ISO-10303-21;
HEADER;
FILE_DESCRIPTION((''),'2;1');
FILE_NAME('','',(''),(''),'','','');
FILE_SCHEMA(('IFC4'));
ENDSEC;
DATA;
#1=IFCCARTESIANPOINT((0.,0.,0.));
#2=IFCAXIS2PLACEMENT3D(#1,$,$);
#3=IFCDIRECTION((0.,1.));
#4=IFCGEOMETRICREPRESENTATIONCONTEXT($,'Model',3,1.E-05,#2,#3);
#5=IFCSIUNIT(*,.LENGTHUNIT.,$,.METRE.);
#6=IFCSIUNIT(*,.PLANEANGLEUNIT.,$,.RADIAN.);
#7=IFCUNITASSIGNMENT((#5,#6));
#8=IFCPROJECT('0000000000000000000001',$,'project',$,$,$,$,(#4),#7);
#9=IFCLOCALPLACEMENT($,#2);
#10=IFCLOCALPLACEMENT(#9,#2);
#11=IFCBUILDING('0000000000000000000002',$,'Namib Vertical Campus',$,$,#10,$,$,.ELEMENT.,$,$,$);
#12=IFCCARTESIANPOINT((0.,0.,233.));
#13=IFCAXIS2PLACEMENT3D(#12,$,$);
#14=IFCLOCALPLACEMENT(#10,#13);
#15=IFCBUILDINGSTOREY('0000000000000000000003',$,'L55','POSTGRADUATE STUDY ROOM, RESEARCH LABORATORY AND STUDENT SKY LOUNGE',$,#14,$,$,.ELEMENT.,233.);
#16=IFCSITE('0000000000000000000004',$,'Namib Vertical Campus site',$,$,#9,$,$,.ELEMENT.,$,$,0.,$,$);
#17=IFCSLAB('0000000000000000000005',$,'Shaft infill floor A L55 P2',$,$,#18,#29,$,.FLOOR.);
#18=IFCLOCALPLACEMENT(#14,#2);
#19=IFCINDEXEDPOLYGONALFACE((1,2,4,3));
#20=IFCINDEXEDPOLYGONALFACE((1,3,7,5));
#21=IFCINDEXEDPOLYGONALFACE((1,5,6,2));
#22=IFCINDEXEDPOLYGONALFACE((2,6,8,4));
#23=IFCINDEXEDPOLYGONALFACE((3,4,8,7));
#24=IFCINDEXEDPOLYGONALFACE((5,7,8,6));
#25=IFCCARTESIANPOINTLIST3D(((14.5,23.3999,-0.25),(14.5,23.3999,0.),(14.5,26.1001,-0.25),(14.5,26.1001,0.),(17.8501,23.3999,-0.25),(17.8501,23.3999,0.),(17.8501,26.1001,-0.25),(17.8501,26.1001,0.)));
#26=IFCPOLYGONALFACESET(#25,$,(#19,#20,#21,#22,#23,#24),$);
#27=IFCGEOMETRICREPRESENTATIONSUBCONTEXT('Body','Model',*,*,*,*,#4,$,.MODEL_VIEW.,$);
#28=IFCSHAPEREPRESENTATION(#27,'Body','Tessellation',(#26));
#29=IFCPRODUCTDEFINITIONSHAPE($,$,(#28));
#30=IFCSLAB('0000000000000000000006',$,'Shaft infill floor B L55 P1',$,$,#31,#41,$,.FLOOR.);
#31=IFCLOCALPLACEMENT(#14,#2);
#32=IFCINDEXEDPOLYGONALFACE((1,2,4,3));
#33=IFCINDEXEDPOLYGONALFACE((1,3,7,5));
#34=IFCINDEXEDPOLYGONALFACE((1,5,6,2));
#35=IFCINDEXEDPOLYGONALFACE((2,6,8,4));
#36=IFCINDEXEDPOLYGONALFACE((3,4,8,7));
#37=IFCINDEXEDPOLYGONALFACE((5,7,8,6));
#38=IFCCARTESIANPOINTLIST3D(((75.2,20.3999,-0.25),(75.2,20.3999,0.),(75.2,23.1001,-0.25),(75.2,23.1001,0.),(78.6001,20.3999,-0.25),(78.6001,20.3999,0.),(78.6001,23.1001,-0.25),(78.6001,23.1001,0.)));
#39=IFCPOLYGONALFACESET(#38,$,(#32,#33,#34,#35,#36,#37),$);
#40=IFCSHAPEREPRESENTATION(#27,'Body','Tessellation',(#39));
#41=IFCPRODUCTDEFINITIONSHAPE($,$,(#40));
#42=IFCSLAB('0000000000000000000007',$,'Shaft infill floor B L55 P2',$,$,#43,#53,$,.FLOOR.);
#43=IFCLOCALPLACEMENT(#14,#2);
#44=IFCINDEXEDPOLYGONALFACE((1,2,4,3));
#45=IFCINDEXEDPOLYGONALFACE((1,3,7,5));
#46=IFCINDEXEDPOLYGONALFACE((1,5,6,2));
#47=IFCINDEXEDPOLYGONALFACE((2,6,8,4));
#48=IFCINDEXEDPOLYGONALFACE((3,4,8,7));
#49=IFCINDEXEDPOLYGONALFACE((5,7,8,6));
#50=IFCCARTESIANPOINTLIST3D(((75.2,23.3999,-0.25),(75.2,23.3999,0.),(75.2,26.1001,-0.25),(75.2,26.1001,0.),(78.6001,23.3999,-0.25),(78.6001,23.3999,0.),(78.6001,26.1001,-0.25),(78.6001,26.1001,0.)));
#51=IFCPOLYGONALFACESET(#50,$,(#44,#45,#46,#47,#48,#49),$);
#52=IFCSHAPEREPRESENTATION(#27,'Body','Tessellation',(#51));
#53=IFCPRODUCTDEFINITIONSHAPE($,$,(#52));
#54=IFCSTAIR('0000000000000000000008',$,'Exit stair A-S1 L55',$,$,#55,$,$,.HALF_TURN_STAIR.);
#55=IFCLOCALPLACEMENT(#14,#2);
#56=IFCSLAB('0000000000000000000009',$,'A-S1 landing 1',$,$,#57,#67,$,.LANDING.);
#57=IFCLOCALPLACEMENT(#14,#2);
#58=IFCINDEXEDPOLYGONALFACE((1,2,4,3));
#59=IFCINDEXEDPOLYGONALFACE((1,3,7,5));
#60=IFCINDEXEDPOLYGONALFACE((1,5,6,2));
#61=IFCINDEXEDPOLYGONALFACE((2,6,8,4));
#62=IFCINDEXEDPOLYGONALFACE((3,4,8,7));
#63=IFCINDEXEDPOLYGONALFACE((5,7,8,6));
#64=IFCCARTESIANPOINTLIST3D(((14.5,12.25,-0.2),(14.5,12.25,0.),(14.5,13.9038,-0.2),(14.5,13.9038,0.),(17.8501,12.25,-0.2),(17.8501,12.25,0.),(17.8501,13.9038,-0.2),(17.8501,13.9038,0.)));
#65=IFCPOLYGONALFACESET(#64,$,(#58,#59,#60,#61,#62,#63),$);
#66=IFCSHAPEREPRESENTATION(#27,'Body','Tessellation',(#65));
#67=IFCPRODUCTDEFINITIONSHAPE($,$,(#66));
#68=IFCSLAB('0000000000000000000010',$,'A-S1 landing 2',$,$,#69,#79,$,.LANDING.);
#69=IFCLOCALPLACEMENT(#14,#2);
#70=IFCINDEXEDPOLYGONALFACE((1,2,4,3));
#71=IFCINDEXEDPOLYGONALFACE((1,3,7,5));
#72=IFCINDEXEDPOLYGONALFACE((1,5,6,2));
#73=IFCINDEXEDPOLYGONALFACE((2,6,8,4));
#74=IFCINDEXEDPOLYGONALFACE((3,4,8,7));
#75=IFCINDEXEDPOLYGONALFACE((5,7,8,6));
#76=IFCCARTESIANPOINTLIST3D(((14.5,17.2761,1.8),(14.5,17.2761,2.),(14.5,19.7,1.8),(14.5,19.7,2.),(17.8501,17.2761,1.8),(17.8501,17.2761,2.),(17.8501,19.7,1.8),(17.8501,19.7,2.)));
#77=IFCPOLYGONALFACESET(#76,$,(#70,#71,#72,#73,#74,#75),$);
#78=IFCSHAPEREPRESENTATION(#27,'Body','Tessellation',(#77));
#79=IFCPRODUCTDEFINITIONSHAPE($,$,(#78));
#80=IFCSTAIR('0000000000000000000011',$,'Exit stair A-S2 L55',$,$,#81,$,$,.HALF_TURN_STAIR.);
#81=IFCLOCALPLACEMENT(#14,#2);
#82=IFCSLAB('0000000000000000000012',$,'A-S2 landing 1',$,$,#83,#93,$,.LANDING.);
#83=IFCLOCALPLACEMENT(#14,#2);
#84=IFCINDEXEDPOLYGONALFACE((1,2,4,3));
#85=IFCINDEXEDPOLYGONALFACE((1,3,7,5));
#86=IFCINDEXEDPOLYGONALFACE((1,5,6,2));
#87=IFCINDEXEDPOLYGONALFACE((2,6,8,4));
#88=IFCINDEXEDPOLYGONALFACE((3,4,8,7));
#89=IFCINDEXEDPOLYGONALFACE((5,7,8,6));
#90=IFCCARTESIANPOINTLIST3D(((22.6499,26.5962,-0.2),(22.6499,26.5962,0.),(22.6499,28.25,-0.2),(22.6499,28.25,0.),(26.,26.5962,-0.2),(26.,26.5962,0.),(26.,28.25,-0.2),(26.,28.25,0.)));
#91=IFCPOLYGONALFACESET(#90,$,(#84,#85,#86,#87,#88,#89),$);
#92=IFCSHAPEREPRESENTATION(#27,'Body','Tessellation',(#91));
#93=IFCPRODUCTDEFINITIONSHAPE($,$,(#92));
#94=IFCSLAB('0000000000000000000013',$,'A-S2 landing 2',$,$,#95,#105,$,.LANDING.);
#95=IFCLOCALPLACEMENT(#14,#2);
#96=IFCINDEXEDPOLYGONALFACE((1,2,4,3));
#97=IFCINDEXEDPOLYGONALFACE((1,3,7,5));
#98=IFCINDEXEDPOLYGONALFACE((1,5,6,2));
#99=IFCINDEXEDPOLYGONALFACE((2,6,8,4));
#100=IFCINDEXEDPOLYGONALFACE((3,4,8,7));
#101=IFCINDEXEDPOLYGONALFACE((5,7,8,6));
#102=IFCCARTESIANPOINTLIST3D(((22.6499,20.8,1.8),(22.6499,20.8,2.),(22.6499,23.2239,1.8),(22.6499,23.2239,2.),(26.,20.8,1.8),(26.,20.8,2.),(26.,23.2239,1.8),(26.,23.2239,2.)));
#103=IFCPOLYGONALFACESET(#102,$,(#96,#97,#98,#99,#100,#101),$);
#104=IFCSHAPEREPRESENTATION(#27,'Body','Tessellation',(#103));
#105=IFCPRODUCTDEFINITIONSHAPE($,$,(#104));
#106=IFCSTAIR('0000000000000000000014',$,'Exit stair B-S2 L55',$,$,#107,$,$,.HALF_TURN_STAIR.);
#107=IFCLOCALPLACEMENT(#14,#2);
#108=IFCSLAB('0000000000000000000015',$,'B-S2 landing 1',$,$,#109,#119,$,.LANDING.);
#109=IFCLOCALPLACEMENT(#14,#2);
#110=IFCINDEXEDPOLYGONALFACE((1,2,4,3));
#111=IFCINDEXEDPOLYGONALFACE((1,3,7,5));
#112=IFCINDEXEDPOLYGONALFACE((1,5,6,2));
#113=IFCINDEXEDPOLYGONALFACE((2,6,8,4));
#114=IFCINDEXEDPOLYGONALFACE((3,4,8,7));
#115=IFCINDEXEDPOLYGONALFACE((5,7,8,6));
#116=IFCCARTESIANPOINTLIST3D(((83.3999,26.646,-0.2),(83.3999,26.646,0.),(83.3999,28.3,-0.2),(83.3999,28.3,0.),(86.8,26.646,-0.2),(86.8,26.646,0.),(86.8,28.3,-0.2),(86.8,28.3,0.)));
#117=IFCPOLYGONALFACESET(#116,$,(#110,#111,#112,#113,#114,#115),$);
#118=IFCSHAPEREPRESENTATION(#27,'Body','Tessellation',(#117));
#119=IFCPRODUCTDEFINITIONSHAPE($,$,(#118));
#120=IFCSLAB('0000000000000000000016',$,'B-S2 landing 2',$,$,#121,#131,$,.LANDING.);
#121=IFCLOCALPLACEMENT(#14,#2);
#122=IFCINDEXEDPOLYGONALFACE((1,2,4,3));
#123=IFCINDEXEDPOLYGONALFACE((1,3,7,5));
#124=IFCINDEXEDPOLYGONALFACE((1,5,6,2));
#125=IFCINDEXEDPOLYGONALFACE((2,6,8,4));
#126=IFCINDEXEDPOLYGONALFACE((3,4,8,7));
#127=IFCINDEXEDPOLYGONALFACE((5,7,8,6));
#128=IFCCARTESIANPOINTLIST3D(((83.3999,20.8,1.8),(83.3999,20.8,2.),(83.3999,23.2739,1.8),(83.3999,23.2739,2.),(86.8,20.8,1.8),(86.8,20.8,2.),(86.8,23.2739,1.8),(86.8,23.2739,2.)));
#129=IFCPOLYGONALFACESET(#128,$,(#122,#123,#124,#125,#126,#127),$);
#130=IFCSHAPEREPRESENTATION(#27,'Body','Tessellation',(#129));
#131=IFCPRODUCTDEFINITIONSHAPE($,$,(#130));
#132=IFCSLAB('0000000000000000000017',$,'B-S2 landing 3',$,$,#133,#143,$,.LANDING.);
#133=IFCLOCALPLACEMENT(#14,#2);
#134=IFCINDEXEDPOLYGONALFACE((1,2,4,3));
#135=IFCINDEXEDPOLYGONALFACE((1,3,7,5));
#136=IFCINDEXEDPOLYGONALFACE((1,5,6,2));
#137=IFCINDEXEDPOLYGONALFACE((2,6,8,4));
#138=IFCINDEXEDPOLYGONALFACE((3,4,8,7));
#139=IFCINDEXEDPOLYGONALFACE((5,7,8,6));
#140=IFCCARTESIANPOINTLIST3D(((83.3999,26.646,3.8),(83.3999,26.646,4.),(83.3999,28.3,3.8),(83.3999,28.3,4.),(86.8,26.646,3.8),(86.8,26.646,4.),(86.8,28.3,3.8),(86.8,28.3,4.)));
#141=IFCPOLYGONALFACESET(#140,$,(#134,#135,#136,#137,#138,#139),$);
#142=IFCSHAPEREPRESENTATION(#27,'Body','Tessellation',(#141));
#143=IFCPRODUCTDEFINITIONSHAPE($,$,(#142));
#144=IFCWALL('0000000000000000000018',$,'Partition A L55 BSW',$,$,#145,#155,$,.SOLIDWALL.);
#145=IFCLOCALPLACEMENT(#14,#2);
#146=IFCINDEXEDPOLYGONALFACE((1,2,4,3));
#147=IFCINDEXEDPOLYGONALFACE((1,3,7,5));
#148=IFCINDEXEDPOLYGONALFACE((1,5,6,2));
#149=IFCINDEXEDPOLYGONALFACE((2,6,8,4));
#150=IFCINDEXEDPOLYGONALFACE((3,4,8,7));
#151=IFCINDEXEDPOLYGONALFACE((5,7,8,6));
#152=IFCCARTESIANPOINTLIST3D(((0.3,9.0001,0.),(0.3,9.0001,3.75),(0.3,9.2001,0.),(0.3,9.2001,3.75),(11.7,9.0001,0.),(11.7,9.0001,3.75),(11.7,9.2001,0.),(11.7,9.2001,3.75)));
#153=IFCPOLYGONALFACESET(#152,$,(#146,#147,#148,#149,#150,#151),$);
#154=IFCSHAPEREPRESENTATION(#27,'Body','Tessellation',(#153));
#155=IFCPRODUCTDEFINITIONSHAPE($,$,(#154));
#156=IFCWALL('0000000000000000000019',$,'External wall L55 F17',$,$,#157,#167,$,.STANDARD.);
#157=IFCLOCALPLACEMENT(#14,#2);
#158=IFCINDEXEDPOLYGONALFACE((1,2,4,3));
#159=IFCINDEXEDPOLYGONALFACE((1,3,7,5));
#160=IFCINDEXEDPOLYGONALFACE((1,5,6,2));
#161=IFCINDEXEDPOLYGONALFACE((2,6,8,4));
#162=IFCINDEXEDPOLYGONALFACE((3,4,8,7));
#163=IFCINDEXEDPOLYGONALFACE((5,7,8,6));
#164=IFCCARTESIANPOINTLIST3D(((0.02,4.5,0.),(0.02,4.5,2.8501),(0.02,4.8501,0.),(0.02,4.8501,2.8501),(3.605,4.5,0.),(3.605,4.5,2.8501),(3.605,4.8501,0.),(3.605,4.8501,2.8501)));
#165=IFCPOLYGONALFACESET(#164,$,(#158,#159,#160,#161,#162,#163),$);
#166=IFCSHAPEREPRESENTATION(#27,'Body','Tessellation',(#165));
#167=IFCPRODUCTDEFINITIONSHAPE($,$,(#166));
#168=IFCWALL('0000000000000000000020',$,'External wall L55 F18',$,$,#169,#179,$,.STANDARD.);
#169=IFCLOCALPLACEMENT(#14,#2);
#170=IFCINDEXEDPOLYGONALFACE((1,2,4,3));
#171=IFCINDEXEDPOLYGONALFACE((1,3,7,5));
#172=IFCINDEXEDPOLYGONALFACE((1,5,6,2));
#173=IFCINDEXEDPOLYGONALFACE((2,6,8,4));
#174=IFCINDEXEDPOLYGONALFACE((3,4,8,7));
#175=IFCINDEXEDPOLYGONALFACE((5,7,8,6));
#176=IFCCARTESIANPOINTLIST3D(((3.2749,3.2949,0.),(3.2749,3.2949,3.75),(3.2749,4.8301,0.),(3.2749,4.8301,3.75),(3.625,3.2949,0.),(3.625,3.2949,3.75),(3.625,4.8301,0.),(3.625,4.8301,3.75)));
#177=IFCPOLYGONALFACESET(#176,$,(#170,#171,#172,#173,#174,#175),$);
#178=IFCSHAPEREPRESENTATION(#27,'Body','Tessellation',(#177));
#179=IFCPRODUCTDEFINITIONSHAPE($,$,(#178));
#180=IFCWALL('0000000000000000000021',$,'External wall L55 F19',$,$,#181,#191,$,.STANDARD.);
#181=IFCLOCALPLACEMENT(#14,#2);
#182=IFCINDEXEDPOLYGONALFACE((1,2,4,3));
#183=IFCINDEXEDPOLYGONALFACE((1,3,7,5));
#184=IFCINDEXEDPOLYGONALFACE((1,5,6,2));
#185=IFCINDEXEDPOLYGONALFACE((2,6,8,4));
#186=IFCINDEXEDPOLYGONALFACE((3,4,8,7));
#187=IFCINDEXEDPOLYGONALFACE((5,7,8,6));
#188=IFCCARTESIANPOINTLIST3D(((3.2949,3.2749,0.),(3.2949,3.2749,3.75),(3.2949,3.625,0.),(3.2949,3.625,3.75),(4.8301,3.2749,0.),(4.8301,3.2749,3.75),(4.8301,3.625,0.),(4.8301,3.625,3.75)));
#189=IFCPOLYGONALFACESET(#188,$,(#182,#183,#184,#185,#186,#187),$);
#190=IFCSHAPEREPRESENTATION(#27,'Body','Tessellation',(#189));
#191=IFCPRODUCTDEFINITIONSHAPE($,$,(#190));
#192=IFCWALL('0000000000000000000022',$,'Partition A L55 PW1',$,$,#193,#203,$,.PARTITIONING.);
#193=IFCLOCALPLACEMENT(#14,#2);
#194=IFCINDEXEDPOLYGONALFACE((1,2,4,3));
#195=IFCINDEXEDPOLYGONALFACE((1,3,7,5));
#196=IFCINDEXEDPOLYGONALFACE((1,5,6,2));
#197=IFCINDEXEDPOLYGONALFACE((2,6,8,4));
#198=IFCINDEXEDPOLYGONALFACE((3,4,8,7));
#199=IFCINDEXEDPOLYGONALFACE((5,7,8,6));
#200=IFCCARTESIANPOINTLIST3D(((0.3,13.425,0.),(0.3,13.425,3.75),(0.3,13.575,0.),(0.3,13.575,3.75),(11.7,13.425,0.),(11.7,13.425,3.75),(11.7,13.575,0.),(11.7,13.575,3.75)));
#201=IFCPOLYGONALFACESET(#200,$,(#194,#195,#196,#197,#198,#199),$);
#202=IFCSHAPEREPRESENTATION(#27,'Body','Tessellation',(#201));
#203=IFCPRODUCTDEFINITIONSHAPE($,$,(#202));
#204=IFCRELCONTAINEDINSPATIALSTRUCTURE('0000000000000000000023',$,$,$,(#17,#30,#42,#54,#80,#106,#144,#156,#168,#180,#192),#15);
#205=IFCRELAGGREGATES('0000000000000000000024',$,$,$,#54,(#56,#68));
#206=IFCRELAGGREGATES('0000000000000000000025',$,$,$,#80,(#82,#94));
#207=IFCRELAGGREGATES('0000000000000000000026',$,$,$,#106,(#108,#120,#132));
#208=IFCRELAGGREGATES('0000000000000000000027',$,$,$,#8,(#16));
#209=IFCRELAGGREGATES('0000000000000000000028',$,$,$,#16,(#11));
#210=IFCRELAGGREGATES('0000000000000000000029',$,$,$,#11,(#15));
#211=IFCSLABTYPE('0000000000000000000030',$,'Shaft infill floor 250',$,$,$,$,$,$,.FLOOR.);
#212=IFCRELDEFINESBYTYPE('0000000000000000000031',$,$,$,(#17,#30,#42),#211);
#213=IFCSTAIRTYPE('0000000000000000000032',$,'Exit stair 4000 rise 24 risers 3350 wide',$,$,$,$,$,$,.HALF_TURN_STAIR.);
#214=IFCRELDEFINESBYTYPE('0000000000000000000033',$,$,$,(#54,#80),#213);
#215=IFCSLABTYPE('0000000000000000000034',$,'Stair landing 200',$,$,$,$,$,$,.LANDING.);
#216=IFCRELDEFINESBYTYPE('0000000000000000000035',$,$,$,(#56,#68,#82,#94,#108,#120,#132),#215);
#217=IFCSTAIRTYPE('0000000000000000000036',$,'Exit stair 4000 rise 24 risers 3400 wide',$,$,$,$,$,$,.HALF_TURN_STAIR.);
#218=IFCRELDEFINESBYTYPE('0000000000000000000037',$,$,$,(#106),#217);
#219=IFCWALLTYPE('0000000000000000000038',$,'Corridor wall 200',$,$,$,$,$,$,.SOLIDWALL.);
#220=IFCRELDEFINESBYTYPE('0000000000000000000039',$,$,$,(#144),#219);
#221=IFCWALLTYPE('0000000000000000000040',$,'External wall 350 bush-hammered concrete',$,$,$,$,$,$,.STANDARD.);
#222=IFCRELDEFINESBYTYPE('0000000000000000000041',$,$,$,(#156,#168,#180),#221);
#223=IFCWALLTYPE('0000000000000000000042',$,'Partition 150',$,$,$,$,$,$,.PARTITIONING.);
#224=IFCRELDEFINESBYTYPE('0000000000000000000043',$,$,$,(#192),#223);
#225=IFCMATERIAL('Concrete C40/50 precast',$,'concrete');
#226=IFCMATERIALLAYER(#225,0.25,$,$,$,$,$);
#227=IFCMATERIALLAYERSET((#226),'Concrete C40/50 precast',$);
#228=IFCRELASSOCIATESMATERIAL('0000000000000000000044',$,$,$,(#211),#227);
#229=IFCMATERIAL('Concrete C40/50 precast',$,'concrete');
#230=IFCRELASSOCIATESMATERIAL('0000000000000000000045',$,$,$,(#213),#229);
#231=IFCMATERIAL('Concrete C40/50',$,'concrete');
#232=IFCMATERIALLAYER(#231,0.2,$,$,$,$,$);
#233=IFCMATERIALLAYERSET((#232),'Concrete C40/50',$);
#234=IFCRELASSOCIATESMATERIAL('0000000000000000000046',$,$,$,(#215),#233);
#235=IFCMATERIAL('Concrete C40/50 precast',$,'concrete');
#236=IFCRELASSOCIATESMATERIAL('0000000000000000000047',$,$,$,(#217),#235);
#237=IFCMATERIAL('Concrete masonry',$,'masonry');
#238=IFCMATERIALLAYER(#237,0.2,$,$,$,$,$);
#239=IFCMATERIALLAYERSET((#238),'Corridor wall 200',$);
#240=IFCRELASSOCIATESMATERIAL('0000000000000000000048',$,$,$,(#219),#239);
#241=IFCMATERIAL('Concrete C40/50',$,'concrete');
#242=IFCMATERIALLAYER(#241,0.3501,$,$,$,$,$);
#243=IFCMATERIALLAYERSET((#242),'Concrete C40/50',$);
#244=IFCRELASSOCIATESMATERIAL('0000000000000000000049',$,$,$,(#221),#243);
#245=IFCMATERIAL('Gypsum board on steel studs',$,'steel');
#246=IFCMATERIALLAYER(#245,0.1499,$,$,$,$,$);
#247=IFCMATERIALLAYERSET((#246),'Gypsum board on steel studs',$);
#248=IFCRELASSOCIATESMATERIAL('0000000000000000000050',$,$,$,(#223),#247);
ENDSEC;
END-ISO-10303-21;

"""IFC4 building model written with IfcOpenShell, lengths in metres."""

from ifc_helpers import new_model, si_unit, direction, frame, frame_2d, origin, place, context, subcontext, project, spatial, polyline, rectangle, outline, extrude, material, layer, layer_set, type_object, element, aggregate, save


model = new_model("IFC4")

# Units and contexts
model_context = context("Model", 3, precision=1e-05, world=origin(), true_north=direction((0.0, 1.0)))
body_context = subcontext(model_context, "Body", "Model", "MODEL_VIEW")
ifc_project = project(units=[si_unit("LENGTHUNIT", "METRE"), si_unit("PLANEANGLEUNIT", "RADIAN")], contexts=[model_context])

# Site, building, storey
site_placement = place(None, origin())
site = spatial("IfcSite", under=ifc_project, at=site_placement, Name="Namib Vertical Campus site", CompositionType="ELEMENT", RefElevation=0.0)
building_placement = place(site_placement, origin())
building = spatial("IfcBuilding", under=site, at=building_placement, Name="Namib Vertical Campus", CompositionType="ELEMENT")
storey_placement = place(building_placement, frame((0.0, 0.0, 233.0)))
storey = spatial("IfcBuildingStorey", under=building, at=storey_placement, Name="L55", Description="POSTGRADUATE STUDY ROOM, RESEARCH LABORATORY AND STUDENT SKY LOUNGE", CompositionType="ELEMENT", Elevation=233.0)

# Slabs
ifc_material_1 = material(Name="Concrete C40/50 precast", Category="concrete")
ifc_layer_1 = layer(ifc_material_1, 0.25)
ifc_layer_set_1 = layer_set([ifc_layer_1], Name="Concrete C40/50 precast")
slab_type_1 = type_object("IfcSlabType", Name="Shaft infill floor 250", PredefinedType="FLOOR", material=ifc_layer_set_1)
slab_1_placement = place(storey_placement, frame((0.0, 0.0, -0.25)))
element("IfcSlab", 1, at=slab_1_placement, inside=storey, type_object=slab_type_1, Name="Shaft infill floor A L55 P2", PredefinedType="FLOOR", context=body_context, shape_type="SweptSolid", body=[
    extrude(outline(polyline([(14.5, 23.3999), (17.8501, 23.3999), (17.8501, 26.1001), (14.5, 26.1001), (14.5, 23.3999)])), origin(), (0.0, 0.0, 1.0), 0.25),
])
slab_2_placement = place(storey_placement, frame((0.0, 0.0, -0.25)))
element("IfcSlab", 2, at=slab_2_placement, inside=storey, type_object=slab_type_1, Name="Shaft infill floor B L55 P1", PredefinedType="FLOOR", context=body_context, shape_type="SweptSolid", body=[
    extrude(outline(polyline([(75.2, 20.3999), (78.6001, 20.3999), (78.6001, 23.1001), (75.2, 23.1001), (75.2, 20.3999)])), origin(), (0.0, 0.0, 1.0), 0.25),
])
slab_3_placement = place(storey_placement, frame((0.0, 0.0, -0.25)))
element("IfcSlab", 3, at=slab_3_placement, inside=storey, type_object=slab_type_1, Name="Shaft infill floor B L55 P2", PredefinedType="FLOOR", context=body_context, shape_type="SweptSolid", body=[
    extrude(outline(polyline([(75.2, 23.3999), (78.6001, 23.3999), (78.6001, 26.1001), (75.2, 26.1001), (75.2, 23.3999)])), origin(), (0.0, 0.0, 1.0), 0.25),
])

# Stairs, slabs
ifc_material_2 = material(Name="Concrete C40/50 precast", Category="concrete")
stair_type_1 = type_object("IfcStairType", Name="Exit stair 4000 rise 24 risers 3350 wide", PredefinedType="HALF_TURN_STAIR", material=ifc_material_2)
stair_1_placement = place(storey_placement, origin())
stair_1 = element("IfcStair", 4, at=stair_1_placement, inside=storey, type_object=stair_type_1, Name="Exit stair A-S1 L55", PredefinedType="HALF_TURN_STAIR")
ifc_material_3 = material(Name="Concrete C40/50", Category="concrete")
ifc_layer_2 = layer(ifc_material_3, 0.2)
ifc_layer_set_2 = layer_set([ifc_layer_2], Name="Concrete C40/50")
slab_type_2 = type_object("IfcSlabType", Name="Stair landing 200", PredefinedType="LANDING", material=ifc_layer_set_2)
slab_4_placement = place(storey_placement, frame((0.0, 0.0, -0.2)))
slab_4 = element("IfcSlab", 5, at=slab_4_placement, type_object=slab_type_2, Name="A-S1 landing 1", PredefinedType="LANDING", context=body_context, shape_type="SweptSolid", body=[
    extrude(outline(polyline([(14.5, 12.25), (17.8501, 12.25), (17.8501, 13.9038), (14.5, 13.9038), (14.5, 12.25)])), origin(), (0.0, 0.0, 1.0), 0.2),
])
slab_5_placement = place(storey_placement, frame((0.0, 0.0, 1.8)))
slab_5 = element("IfcSlab", 6, at=slab_5_placement, type_object=slab_type_2, Name="A-S1 landing 2", PredefinedType="LANDING", context=body_context, shape_type="SweptSolid", body=[
    extrude(outline(polyline([(14.5, 17.2761), (17.8501, 17.2761), (17.8501, 19.7), (14.5, 19.7), (14.5, 17.2761)])), origin(), (0.0, 0.0, 1.0), 0.2),
])
aggregate(stair_1, [slab_4, slab_5])
stair_2_placement = place(storey_placement, origin())
stair_2 = element("IfcStair", 7, at=stair_2_placement, inside=storey, type_object=stair_type_1, Name="Exit stair A-S2 L55", PredefinedType="HALF_TURN_STAIR")
slab_6_placement = place(storey_placement, frame((0.0, 0.0, -0.2)))
slab_6 = element("IfcSlab", 8, at=slab_6_placement, type_object=slab_type_2, Name="A-S2 landing 1", PredefinedType="LANDING", context=body_context, shape_type="SweptSolid", body=[
    extrude(outline(polyline([(22.6499, 26.5962), (26.0, 26.5962), (26.0, 28.25), (22.6499, 28.25), (22.6499, 26.5962)])), origin(), (0.0, 0.0, 1.0), 0.2),
])
slab_7_placement = place(storey_placement, frame((0.0, 0.0, 1.8)))
slab_7 = element("IfcSlab", 9, at=slab_7_placement, type_object=slab_type_2, Name="A-S2 landing 2", PredefinedType="LANDING", context=body_context, shape_type="SweptSolid", body=[
    extrude(outline(polyline([(22.6499, 20.8), (26.0, 20.8), (26.0, 23.2239), (22.6499, 23.2239), (22.6499, 20.8)])), origin(), (0.0, 0.0, 1.0), 0.2),
])
aggregate(stair_2, [slab_6, slab_7])
ifc_material_4 = material(Name="Concrete C40/50 precast", Category="concrete")
stair_type_2 = type_object("IfcStairType", Name="Exit stair 4000 rise 24 risers 3400 wide", PredefinedType="HALF_TURN_STAIR", material=ifc_material_4)
stair_3_placement = place(storey_placement, origin())
stair_3 = element("IfcStair", 10, at=stair_3_placement, inside=storey, type_object=stair_type_2, Name="Exit stair B-S2 L55", PredefinedType="HALF_TURN_STAIR")
slab_8_placement = place(storey_placement, frame((0.0, 0.0, -0.2)))
slab_8 = element("IfcSlab", 11, at=slab_8_placement, type_object=slab_type_2, Name="B-S2 landing 1", PredefinedType="LANDING", context=body_context, shape_type="SweptSolid", body=[
    extrude(outline(polyline([(83.3999, 26.646), (86.8, 26.646), (86.8, 28.3), (83.3999, 28.3), (83.3999, 26.646)])), origin(), (0.0, 0.0, 1.0), 0.2),
])
slab_9_placement = place(storey_placement, frame((0.0, 0.0, 1.8)))
slab_9 = element("IfcSlab", 12, at=slab_9_placement, type_object=slab_type_2, Name="B-S2 landing 2", PredefinedType="LANDING", context=body_context, shape_type="SweptSolid", body=[
    extrude(outline(polyline([(83.3999, 20.8), (86.8, 20.8), (86.8, 23.2739), (83.3999, 23.2739), (83.3999, 20.8)])), origin(), (0.0, 0.0, 1.0), 0.2),
])
slab_10_placement = place(storey_placement, frame((0.0, 0.0, 3.8)))
slab_10 = element("IfcSlab", 13, at=slab_10_placement, type_object=slab_type_2, Name="B-S2 landing 3", PredefinedType="LANDING", context=body_context, shape_type="SweptSolid", body=[
    extrude(outline(polyline([(83.3999, 26.646), (86.8, 26.646), (86.8, 28.3), (83.3999, 28.3), (83.3999, 26.646)])), origin(), (0.0, 0.0, 1.0), 0.2),
])
aggregate(stair_3, [slab_8, slab_9, slab_10])

# Walls
ifc_material_5 = material(Name="Concrete masonry", Category="masonry")
ifc_layer_3 = layer(ifc_material_5, 0.2)
ifc_layer_set_3 = layer_set([ifc_layer_3], Name="Corridor wall 200")
wall_type_1 = type_object("IfcWallType", Name="Corridor wall 200", PredefinedType="SOLIDWALL", material=ifc_layer_set_3)
wall_1_placement = place(storey_placement, frame((0.3, 9.1001, 0.0), z_axis=(0.0, 0.0, 1.0), x_axis=(1.0, 0.0, 0.0)))
element("IfcWall", 14, at=wall_1_placement, inside=storey, type_object=wall_type_1, Name="Partition A L55 BSW", PredefinedType="SOLIDWALL", context=body_context, shape_type="SweptSolid", body=[
    extrude(rectangle(XDim=11.3999, YDim=0.2, at=frame_2d((5.7, 0.0))), origin(), (0.0, 0.0, 1.0), 3.75),
])
ifc_material_6 = material(Name="Concrete C40/50", Category="concrete")
ifc_layer_4 = layer(ifc_material_6, 0.3501)
ifc_layer_set_4 = layer_set([ifc_layer_4], Name="Concrete C40/50")
wall_type_2 = type_object("IfcWallType", Name="External wall 350 bush-hammered concrete", PredefinedType="STANDARD", material=ifc_layer_set_4)
wall_2_placement = place(storey_placement, frame((0.02, 4.675, 0.0), z_axis=(0.0, 0.0, 1.0), x_axis=(1.0, 0.0, 0.0)))
element("IfcWall", 15, at=wall_2_placement, inside=storey, type_object=wall_type_2, Name="External wall L55 F17", PredefinedType="STANDARD", context=body_context, shape_type="SweptSolid", body=[
    extrude(rectangle(XDim=3.585, YDim=0.3501, at=frame_2d((1.7925, 0.0))), origin(), (0.0, 0.0, 1.0), 2.8501),
])
for number, where, z_axis, x_axis, name in (
    (16, (3.45, 4.8301, 0.0), (0.0, 0.0, 1.0), (0.0, -1.0, 0.0), "External wall L55 F18"),
    (17, (3.2949, 3.45, 0.0), (0.0, 0.0, 1.0), (1.0, 0.0, 0.0), "External wall L55 F19"),
):
    element("IfcWall", number, at=place(storey_placement, frame(where, z_axis=z_axis, x_axis=x_axis)), inside=storey, type_object=wall_type_2, Name=name, PredefinedType="STANDARD", context=body_context, shape_type="SweptSolid", body=[
        extrude(rectangle(XDim=1.5352, YDim=0.3501, at=frame_2d((0.7676, 0.0))), origin(), (0.0, 0.0, 1.0), 3.75),
    ])
ifc_material_7 = material(Name="Gypsum board on steel studs", Category="steel")
ifc_layer_5 = layer(ifc_material_7, 0.1499)
ifc_layer_set_5 = layer_set([ifc_layer_5], Name="Gypsum board on steel studs")
wall_type_3 = type_object("IfcWallType", Name="Partition 150", PredefinedType="PARTITIONING", material=ifc_layer_set_5)
wall_3_placement = place(storey_placement, frame((0.3, 13.5, 0.0), z_axis=(0.0, 0.0, 1.0), x_axis=(1.0, 0.0, 0.0)))
element("IfcWall", 18, at=wall_3_placement, inside=storey, type_object=wall_type_3, Name="Partition A L55 PW1", PredefinedType="PARTITIONING", context=body_context, shape_type="SweptSolid", body=[
    extrude(rectangle(XDim=11.3999, YDim=0.1499, at=frame_2d((5.7, 0.0))), origin(), (0.0, 0.0, 1.0), 3.75),
])

save(model, "model.ifc")
